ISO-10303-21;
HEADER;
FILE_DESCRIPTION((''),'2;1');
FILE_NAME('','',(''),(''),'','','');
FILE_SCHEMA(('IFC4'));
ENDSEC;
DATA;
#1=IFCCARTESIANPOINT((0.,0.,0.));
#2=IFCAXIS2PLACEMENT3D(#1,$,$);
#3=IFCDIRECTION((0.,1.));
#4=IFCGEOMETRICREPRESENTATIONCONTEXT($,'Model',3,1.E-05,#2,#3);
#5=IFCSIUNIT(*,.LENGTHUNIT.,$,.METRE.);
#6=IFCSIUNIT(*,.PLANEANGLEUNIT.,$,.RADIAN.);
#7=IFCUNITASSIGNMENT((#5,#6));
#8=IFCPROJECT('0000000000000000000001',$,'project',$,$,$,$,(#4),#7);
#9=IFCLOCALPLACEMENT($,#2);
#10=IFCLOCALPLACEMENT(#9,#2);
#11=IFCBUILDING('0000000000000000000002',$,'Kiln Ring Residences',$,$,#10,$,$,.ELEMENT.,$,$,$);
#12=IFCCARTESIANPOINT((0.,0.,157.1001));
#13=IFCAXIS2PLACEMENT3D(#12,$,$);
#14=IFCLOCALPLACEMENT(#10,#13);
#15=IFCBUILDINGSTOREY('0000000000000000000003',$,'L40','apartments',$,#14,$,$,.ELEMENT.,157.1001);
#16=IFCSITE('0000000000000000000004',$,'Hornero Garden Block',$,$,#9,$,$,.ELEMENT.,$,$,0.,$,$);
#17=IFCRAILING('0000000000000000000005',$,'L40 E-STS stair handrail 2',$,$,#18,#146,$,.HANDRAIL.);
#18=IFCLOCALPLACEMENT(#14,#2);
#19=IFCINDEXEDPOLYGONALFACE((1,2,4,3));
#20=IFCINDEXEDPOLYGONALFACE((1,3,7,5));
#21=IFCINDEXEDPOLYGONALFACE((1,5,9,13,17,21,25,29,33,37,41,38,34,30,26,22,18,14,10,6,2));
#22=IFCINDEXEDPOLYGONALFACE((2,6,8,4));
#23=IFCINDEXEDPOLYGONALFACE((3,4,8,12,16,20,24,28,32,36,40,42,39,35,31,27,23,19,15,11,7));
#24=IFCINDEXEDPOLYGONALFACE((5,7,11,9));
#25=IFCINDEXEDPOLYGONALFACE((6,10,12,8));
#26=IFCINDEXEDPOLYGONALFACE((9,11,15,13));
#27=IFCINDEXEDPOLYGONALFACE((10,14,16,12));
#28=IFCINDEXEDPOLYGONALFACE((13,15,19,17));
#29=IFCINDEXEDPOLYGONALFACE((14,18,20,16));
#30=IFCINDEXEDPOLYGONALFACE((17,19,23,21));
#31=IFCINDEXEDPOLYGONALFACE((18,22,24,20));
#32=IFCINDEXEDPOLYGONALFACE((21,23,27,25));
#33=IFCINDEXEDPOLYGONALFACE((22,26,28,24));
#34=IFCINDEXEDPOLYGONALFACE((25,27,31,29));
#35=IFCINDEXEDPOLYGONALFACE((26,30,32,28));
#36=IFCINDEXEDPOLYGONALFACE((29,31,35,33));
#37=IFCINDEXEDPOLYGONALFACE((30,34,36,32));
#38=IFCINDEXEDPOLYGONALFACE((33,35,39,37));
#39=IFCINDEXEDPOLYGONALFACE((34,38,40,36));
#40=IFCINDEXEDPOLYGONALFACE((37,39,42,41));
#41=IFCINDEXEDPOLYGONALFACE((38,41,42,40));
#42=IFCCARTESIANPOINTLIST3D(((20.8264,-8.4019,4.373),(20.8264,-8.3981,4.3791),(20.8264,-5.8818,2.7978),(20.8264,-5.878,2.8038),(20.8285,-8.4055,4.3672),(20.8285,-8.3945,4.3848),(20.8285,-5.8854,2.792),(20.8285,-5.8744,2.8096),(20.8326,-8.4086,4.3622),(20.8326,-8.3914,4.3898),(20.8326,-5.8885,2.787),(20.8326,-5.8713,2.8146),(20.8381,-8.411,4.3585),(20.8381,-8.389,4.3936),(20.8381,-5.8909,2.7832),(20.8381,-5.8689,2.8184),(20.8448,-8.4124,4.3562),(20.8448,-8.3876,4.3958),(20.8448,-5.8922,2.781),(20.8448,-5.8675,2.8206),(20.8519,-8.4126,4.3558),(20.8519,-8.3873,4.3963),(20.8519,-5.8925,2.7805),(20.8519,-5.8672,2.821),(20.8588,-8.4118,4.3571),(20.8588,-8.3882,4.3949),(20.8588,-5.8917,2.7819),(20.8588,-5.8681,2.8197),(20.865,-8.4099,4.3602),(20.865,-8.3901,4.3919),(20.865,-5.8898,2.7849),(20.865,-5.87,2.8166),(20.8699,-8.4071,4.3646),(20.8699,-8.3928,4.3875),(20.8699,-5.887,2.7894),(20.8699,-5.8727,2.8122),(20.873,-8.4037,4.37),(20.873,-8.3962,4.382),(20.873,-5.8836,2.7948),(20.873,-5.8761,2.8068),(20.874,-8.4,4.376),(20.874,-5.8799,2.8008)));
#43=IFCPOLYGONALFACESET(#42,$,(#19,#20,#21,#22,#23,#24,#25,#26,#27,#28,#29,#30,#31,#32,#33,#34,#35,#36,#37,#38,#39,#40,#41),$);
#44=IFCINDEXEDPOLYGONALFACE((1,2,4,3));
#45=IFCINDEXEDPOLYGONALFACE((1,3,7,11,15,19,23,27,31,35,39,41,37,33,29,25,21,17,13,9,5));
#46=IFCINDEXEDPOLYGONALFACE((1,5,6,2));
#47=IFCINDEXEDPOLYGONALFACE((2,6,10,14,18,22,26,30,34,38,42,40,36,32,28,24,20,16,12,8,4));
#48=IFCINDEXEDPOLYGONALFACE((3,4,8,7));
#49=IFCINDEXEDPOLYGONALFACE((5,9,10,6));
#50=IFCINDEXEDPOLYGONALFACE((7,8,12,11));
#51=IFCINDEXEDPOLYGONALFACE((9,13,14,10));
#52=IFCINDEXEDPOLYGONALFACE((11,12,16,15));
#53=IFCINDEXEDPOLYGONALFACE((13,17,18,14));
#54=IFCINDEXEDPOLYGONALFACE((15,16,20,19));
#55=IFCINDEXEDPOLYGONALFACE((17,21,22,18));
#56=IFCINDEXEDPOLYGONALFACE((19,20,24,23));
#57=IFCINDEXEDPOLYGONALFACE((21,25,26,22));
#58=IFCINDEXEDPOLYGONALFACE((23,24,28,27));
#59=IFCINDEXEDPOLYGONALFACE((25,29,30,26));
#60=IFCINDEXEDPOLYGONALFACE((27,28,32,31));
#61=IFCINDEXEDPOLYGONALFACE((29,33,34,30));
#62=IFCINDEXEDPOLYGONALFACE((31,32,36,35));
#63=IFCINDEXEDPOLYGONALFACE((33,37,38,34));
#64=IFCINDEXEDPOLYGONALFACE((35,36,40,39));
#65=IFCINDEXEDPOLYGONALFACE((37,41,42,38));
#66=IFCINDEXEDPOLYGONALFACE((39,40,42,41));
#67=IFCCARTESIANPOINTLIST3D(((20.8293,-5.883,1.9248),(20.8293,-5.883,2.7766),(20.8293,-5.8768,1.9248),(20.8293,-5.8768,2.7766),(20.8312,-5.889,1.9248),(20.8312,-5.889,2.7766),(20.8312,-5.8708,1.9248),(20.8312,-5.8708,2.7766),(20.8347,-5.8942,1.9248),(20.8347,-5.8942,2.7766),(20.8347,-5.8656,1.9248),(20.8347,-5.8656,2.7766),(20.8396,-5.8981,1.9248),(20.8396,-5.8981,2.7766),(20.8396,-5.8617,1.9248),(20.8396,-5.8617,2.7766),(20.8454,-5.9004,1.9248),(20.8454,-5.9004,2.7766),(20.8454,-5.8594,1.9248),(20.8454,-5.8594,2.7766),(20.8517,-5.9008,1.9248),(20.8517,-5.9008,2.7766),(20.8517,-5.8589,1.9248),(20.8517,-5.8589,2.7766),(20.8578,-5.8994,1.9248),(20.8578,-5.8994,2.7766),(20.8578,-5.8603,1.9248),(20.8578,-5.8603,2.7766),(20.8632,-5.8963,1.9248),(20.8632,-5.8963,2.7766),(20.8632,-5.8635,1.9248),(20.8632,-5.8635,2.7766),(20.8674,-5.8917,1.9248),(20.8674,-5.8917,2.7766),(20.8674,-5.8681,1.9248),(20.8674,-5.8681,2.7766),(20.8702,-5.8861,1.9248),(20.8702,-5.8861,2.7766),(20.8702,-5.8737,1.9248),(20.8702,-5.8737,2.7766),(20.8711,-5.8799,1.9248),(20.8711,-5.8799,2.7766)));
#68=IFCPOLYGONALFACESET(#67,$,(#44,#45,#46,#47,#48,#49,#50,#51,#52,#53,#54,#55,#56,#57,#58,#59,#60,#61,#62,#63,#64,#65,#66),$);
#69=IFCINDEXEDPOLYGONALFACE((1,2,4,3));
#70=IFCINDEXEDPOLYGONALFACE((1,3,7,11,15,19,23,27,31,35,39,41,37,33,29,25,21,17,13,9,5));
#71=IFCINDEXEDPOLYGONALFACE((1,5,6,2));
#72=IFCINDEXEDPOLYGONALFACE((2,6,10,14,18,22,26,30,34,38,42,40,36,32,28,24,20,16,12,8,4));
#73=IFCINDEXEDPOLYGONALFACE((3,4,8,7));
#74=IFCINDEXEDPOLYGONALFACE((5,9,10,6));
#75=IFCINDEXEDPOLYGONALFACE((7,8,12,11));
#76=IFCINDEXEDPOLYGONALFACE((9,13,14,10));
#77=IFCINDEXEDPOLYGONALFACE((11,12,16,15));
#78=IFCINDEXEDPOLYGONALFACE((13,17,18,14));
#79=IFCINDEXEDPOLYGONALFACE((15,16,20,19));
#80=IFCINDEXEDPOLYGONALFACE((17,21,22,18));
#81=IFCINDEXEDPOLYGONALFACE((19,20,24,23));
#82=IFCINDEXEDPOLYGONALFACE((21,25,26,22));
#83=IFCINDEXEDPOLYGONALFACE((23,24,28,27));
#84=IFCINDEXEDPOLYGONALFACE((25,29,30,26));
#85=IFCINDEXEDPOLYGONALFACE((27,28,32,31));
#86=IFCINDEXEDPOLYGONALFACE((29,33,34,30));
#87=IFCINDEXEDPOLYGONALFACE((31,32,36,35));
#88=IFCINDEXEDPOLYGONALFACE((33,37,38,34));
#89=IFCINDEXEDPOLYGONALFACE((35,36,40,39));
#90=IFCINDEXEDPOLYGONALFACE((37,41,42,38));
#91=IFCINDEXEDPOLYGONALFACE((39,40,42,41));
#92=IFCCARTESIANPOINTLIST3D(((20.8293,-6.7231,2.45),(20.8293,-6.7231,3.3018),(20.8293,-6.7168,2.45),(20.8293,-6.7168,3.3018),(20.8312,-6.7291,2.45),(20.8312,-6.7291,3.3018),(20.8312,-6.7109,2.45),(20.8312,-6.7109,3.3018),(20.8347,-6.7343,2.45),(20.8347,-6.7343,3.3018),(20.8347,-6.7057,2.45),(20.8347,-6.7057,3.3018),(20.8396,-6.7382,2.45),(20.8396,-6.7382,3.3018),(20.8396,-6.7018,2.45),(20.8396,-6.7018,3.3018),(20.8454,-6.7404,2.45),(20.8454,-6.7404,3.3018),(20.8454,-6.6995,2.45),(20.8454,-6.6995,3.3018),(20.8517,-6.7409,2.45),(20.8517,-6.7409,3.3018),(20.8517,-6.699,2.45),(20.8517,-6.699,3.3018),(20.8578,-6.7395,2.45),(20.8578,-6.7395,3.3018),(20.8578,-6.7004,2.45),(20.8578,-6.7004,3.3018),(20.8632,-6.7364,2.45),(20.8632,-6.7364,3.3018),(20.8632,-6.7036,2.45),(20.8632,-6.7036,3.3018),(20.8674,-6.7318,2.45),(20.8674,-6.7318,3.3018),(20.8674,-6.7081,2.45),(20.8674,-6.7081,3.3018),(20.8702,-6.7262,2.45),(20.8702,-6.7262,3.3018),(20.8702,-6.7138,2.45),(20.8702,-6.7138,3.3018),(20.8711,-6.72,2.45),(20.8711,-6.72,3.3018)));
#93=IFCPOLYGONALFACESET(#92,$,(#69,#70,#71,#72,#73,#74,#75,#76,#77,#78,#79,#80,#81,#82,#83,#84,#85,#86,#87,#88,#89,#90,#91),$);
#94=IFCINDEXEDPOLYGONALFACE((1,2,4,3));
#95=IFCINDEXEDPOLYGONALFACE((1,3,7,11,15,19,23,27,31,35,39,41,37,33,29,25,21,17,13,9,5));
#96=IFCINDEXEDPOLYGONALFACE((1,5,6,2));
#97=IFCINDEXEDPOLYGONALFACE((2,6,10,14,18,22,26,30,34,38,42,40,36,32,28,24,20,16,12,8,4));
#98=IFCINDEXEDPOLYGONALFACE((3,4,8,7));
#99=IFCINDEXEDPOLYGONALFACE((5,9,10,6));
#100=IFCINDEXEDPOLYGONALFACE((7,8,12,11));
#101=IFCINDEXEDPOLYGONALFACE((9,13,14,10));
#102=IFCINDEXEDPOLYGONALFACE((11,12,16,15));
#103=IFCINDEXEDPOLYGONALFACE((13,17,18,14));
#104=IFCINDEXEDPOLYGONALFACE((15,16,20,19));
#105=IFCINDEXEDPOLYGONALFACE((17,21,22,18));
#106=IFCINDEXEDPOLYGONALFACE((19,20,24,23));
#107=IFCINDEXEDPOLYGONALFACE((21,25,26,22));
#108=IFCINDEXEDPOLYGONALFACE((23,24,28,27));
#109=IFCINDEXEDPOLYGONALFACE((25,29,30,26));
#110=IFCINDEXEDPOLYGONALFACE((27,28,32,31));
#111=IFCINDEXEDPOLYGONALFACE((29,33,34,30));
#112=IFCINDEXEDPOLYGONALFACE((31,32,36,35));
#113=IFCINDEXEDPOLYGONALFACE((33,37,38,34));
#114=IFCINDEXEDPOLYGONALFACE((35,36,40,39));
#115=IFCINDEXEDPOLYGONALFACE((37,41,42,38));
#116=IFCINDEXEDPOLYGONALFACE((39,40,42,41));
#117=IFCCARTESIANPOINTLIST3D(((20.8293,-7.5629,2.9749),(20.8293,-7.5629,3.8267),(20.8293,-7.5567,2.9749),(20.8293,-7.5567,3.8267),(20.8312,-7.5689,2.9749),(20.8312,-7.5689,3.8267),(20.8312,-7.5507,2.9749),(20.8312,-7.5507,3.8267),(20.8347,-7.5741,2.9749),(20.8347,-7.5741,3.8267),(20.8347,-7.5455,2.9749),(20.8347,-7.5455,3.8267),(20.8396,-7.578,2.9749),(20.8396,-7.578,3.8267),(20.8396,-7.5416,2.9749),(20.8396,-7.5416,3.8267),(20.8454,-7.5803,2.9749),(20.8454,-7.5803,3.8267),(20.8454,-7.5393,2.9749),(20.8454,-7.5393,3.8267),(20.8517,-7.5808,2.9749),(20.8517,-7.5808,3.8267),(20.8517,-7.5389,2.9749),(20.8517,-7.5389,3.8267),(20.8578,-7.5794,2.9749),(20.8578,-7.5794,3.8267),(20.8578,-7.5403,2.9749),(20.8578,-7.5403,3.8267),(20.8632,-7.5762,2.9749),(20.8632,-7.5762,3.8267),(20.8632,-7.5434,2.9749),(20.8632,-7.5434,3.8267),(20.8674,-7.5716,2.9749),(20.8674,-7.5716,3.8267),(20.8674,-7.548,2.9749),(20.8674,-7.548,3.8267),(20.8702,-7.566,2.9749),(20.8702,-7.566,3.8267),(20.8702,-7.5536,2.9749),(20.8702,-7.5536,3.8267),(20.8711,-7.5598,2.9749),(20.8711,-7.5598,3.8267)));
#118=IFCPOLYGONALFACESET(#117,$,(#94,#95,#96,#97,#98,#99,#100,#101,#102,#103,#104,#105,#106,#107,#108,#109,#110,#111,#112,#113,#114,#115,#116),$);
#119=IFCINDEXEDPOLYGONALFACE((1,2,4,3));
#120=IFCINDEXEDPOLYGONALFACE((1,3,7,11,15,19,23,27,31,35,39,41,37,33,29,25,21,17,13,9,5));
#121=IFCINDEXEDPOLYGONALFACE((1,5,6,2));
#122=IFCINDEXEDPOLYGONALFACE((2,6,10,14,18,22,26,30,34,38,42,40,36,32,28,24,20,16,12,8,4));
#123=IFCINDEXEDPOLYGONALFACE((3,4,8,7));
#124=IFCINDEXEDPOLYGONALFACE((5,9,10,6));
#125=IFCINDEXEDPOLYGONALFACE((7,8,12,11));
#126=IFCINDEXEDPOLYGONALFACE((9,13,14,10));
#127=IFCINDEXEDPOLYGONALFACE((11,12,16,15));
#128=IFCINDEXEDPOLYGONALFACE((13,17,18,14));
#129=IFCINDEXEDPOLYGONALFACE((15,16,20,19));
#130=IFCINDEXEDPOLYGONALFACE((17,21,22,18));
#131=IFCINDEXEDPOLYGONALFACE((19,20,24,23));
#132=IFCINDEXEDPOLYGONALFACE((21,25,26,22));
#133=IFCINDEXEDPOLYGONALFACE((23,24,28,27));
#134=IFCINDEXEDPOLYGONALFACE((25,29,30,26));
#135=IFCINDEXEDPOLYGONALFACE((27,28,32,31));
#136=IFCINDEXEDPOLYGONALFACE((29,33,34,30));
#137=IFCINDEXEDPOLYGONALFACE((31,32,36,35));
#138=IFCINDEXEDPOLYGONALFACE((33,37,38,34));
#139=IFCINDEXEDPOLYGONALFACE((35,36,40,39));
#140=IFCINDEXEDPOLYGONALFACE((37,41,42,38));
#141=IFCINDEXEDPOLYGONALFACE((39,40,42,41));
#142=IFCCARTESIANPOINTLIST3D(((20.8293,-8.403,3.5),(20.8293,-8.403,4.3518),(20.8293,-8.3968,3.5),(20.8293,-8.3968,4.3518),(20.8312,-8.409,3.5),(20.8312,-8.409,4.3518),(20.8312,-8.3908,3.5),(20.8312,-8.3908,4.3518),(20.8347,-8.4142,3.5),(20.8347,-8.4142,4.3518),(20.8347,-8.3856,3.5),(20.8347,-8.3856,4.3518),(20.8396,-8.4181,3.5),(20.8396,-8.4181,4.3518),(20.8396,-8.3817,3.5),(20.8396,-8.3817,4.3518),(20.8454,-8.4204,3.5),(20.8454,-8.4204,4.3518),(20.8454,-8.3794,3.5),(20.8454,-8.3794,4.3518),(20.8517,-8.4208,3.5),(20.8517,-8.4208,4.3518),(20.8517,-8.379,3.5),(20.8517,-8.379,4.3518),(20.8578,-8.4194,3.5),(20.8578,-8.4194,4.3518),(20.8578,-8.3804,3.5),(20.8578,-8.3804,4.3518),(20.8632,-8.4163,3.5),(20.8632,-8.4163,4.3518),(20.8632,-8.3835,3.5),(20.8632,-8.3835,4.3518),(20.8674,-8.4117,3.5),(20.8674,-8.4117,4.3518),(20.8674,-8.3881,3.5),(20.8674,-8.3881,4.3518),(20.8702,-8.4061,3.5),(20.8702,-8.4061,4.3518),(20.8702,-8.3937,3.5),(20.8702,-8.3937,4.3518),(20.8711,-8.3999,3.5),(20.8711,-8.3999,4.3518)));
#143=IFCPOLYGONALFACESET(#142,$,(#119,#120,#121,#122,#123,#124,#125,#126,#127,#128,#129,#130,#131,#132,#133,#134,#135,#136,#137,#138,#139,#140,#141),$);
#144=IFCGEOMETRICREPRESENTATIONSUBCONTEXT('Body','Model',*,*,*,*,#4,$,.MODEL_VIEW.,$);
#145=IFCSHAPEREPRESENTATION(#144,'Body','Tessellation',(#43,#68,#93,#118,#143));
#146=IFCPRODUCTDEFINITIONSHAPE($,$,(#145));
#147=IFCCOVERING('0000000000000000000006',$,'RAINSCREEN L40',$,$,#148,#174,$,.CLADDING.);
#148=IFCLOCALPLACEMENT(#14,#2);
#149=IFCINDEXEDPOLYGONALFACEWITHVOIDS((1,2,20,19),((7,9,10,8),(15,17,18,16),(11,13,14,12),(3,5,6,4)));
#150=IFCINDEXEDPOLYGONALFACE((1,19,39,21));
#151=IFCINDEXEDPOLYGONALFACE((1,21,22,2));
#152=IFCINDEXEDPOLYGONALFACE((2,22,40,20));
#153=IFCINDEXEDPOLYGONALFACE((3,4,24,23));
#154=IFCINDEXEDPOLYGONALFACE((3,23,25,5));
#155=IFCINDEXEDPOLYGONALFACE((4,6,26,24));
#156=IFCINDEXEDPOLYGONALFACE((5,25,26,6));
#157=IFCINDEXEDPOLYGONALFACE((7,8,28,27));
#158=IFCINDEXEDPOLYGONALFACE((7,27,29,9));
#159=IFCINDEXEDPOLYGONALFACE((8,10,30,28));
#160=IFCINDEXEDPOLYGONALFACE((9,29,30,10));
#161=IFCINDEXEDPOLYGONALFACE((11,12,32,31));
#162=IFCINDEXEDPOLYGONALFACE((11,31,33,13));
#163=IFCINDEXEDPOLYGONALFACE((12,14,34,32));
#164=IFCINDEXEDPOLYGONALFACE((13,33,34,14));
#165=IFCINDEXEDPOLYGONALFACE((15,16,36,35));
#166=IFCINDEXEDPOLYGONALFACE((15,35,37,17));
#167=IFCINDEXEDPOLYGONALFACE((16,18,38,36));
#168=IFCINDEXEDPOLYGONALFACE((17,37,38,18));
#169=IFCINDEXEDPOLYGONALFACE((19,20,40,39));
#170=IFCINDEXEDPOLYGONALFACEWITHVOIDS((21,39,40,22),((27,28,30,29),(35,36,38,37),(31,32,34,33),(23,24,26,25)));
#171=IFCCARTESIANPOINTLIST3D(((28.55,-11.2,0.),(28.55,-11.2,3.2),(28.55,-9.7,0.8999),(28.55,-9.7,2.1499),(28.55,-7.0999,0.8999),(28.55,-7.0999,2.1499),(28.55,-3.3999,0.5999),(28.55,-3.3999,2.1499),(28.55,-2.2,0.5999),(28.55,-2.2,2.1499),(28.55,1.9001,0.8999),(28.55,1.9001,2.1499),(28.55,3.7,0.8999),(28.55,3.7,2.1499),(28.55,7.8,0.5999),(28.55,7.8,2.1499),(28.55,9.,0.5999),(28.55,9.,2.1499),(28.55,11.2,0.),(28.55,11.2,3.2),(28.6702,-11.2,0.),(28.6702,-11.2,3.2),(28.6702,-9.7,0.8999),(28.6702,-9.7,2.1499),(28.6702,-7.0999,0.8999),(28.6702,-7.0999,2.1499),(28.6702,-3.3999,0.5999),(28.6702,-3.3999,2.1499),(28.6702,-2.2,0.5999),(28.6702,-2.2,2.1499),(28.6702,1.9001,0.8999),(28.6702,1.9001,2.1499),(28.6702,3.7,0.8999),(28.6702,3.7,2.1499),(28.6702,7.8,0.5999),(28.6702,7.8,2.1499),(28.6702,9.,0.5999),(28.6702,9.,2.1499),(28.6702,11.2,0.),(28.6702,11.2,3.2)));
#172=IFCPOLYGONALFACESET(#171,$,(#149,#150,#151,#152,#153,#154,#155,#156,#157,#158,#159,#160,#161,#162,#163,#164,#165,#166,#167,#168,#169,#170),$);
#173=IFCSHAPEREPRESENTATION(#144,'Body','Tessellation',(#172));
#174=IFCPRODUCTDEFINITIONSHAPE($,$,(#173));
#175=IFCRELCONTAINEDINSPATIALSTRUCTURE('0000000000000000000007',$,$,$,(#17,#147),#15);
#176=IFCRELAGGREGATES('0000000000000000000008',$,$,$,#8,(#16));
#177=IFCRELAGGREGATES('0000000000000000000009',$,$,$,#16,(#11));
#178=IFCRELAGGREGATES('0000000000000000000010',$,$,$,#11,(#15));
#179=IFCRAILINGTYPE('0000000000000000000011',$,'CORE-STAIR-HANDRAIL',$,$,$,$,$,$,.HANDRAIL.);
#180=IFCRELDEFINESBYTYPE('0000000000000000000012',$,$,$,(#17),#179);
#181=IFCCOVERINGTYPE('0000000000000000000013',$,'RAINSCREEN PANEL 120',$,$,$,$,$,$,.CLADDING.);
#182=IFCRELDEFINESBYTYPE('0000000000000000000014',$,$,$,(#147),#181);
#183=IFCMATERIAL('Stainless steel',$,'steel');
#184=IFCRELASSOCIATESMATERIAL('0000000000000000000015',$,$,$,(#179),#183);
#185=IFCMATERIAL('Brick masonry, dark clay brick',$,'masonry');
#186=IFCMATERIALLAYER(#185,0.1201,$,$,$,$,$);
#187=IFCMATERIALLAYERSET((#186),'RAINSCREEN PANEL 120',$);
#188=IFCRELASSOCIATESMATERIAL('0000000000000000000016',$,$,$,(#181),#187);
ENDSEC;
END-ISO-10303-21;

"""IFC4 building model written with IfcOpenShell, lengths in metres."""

from ifc_helpers import new_model, si_unit, direction, frame, origin, origin_2d, place, context, subcontext, project, spatial, polyline, circle, outline, extrude, material, layer, layer_set, type_object, element, save


model = new_model("IFC4")

# Units and contexts
model_context = context("Model", 3, precision=1e-05, world=origin(), true_north=direction((0.0, 1.0)))
body_context = subcontext(model_context, "Body", "Model", "MODEL_VIEW")
ifc_project = project(units=[si_unit("LENGTHUNIT", "METRE"), si_unit("PLANEANGLEUNIT", "RADIAN")], contexts=[model_context])

# Site, building, storey
site_placement = place(None, origin())
site = spatial("IfcSite", under=ifc_project, at=site_placement, Name="Hornero Garden Block", CompositionType="ELEMENT", RefElevation=0.0)
building_placement = place(site_placement, origin())
building = spatial("IfcBuilding", under=site, at=building_placement, Name="Kiln Ring Residences", CompositionType="ELEMENT")
storey_placement = place(building_placement, frame((0.0, 0.0, 157.1001)))
storey = spatial("IfcBuildingStorey", under=building, at=storey_placement, Name="L40", Description="apartments", CompositionType="ELEMENT", Elevation=157.1001)

# Railing
ifc_material_1 = material(Name="Stainless steel", Category="steel")
railing_type_1 = type_object("IfcRailingType", Name="CORE-STAIR-HANDRAIL", PredefinedType="HANDRAIL", material=ifc_material_1)
railing_1_placement = place(storey_placement, frame((20.8501, -5.8799, 1.9248)))
element("IfcRailing", 1, at=railing_1_placement, inside=storey, type_object=railing_type_1, Name="L40 E-STS stair handrail 2", PredefinedType="HANDRAIL", context=body_context, shape_type="SweptSolid", body=[
    extrude(circle(Radius=0.0239, at=origin_2d()), frame((0.0, 0.0, 0.876), z_axis=(0.0, -0.847971, 0.530043), x_axis=(1.0, 0.0, 0.0)), (0.0, 0.0, 1.0), 2.9719),
    extrude(circle(Radius=0.021, at=origin_2d()), origin(), (0.0, 0.0, 1.0), 0.8518),
    extrude(circle(Radius=0.021, at=origin_2d()), frame((0.0, -0.8401, 0.5251)), (0.0, 0.0, 1.0), 0.8518),
    extrude(circle(Radius=0.021, at=origin_2d()), frame((0.0, -1.6799, 1.05)), (0.0, 0.0, 1.0), 0.8518),
    extrude(circle(Radius=0.021, at=origin_2d()), frame((0.0, -2.52, 1.5752)), (0.0, 0.0, 1.0), 0.8518),
])

# Covering
ifc_material_2 = material(Name="Brick masonry, dark clay brick", Category="masonry")
ifc_layer_1 = layer(ifc_material_2, 0.1201)
ifc_layer_set_1 = layer_set([ifc_layer_1], Name="RAINSCREEN PANEL 120")
covering_type = type_object("IfcCoveringType", Name="RAINSCREEN PANEL 120", PredefinedType="CLADDING", material=ifc_layer_set_1)
covering_placement = place(storey_placement, frame((28.6101, -11.2, 0.0), z_axis=(0.0, 0.0, 1.0), x_axis=(0.0, 1.0, 0.0)))
element("IfcCovering", 2, at=covering_placement, inside=storey, type_object=covering_type, Name="RAINSCREEN L40", PredefinedType="CLADDING", context=body_context, shape_type="SweptSolid", body=[
    extrude(outline(polyline([(0.0, 0.0), (22.3999, 0.0), (22.3999, 3.2), (0.0, 3.2), (0.0, 0.0)]), holes=[polyline([(9.0, 0.5999), (9.0, 2.1499), (7.8, 2.1499), (7.8, 0.5999), (9.0, 0.5999)]), polyline([(20.2, 0.5999), (20.2, 2.1499), (19.0, 2.1499), (19.0, 0.5999), (20.2, 0.5999)]), polyline([(4.1001, 0.8999), (4.1001, 2.1499), (1.5, 2.1499), (1.5, 0.8999), (4.1001, 0.8999)]), polyline([(14.8999, 0.8999), (14.8999, 2.1499), (13.1001, 2.1499), (13.1001, 0.8999), (14.8999, 0.8999)])]), frame((0.0, 0.0601, 0.0), z_axis=(0.0, -1.0, 0.0), x_axis=(1.0, 0.0, 0.0)), (0.0, 0.0, 1.0), 0.1201),
])

save(model, "model.ifc")
